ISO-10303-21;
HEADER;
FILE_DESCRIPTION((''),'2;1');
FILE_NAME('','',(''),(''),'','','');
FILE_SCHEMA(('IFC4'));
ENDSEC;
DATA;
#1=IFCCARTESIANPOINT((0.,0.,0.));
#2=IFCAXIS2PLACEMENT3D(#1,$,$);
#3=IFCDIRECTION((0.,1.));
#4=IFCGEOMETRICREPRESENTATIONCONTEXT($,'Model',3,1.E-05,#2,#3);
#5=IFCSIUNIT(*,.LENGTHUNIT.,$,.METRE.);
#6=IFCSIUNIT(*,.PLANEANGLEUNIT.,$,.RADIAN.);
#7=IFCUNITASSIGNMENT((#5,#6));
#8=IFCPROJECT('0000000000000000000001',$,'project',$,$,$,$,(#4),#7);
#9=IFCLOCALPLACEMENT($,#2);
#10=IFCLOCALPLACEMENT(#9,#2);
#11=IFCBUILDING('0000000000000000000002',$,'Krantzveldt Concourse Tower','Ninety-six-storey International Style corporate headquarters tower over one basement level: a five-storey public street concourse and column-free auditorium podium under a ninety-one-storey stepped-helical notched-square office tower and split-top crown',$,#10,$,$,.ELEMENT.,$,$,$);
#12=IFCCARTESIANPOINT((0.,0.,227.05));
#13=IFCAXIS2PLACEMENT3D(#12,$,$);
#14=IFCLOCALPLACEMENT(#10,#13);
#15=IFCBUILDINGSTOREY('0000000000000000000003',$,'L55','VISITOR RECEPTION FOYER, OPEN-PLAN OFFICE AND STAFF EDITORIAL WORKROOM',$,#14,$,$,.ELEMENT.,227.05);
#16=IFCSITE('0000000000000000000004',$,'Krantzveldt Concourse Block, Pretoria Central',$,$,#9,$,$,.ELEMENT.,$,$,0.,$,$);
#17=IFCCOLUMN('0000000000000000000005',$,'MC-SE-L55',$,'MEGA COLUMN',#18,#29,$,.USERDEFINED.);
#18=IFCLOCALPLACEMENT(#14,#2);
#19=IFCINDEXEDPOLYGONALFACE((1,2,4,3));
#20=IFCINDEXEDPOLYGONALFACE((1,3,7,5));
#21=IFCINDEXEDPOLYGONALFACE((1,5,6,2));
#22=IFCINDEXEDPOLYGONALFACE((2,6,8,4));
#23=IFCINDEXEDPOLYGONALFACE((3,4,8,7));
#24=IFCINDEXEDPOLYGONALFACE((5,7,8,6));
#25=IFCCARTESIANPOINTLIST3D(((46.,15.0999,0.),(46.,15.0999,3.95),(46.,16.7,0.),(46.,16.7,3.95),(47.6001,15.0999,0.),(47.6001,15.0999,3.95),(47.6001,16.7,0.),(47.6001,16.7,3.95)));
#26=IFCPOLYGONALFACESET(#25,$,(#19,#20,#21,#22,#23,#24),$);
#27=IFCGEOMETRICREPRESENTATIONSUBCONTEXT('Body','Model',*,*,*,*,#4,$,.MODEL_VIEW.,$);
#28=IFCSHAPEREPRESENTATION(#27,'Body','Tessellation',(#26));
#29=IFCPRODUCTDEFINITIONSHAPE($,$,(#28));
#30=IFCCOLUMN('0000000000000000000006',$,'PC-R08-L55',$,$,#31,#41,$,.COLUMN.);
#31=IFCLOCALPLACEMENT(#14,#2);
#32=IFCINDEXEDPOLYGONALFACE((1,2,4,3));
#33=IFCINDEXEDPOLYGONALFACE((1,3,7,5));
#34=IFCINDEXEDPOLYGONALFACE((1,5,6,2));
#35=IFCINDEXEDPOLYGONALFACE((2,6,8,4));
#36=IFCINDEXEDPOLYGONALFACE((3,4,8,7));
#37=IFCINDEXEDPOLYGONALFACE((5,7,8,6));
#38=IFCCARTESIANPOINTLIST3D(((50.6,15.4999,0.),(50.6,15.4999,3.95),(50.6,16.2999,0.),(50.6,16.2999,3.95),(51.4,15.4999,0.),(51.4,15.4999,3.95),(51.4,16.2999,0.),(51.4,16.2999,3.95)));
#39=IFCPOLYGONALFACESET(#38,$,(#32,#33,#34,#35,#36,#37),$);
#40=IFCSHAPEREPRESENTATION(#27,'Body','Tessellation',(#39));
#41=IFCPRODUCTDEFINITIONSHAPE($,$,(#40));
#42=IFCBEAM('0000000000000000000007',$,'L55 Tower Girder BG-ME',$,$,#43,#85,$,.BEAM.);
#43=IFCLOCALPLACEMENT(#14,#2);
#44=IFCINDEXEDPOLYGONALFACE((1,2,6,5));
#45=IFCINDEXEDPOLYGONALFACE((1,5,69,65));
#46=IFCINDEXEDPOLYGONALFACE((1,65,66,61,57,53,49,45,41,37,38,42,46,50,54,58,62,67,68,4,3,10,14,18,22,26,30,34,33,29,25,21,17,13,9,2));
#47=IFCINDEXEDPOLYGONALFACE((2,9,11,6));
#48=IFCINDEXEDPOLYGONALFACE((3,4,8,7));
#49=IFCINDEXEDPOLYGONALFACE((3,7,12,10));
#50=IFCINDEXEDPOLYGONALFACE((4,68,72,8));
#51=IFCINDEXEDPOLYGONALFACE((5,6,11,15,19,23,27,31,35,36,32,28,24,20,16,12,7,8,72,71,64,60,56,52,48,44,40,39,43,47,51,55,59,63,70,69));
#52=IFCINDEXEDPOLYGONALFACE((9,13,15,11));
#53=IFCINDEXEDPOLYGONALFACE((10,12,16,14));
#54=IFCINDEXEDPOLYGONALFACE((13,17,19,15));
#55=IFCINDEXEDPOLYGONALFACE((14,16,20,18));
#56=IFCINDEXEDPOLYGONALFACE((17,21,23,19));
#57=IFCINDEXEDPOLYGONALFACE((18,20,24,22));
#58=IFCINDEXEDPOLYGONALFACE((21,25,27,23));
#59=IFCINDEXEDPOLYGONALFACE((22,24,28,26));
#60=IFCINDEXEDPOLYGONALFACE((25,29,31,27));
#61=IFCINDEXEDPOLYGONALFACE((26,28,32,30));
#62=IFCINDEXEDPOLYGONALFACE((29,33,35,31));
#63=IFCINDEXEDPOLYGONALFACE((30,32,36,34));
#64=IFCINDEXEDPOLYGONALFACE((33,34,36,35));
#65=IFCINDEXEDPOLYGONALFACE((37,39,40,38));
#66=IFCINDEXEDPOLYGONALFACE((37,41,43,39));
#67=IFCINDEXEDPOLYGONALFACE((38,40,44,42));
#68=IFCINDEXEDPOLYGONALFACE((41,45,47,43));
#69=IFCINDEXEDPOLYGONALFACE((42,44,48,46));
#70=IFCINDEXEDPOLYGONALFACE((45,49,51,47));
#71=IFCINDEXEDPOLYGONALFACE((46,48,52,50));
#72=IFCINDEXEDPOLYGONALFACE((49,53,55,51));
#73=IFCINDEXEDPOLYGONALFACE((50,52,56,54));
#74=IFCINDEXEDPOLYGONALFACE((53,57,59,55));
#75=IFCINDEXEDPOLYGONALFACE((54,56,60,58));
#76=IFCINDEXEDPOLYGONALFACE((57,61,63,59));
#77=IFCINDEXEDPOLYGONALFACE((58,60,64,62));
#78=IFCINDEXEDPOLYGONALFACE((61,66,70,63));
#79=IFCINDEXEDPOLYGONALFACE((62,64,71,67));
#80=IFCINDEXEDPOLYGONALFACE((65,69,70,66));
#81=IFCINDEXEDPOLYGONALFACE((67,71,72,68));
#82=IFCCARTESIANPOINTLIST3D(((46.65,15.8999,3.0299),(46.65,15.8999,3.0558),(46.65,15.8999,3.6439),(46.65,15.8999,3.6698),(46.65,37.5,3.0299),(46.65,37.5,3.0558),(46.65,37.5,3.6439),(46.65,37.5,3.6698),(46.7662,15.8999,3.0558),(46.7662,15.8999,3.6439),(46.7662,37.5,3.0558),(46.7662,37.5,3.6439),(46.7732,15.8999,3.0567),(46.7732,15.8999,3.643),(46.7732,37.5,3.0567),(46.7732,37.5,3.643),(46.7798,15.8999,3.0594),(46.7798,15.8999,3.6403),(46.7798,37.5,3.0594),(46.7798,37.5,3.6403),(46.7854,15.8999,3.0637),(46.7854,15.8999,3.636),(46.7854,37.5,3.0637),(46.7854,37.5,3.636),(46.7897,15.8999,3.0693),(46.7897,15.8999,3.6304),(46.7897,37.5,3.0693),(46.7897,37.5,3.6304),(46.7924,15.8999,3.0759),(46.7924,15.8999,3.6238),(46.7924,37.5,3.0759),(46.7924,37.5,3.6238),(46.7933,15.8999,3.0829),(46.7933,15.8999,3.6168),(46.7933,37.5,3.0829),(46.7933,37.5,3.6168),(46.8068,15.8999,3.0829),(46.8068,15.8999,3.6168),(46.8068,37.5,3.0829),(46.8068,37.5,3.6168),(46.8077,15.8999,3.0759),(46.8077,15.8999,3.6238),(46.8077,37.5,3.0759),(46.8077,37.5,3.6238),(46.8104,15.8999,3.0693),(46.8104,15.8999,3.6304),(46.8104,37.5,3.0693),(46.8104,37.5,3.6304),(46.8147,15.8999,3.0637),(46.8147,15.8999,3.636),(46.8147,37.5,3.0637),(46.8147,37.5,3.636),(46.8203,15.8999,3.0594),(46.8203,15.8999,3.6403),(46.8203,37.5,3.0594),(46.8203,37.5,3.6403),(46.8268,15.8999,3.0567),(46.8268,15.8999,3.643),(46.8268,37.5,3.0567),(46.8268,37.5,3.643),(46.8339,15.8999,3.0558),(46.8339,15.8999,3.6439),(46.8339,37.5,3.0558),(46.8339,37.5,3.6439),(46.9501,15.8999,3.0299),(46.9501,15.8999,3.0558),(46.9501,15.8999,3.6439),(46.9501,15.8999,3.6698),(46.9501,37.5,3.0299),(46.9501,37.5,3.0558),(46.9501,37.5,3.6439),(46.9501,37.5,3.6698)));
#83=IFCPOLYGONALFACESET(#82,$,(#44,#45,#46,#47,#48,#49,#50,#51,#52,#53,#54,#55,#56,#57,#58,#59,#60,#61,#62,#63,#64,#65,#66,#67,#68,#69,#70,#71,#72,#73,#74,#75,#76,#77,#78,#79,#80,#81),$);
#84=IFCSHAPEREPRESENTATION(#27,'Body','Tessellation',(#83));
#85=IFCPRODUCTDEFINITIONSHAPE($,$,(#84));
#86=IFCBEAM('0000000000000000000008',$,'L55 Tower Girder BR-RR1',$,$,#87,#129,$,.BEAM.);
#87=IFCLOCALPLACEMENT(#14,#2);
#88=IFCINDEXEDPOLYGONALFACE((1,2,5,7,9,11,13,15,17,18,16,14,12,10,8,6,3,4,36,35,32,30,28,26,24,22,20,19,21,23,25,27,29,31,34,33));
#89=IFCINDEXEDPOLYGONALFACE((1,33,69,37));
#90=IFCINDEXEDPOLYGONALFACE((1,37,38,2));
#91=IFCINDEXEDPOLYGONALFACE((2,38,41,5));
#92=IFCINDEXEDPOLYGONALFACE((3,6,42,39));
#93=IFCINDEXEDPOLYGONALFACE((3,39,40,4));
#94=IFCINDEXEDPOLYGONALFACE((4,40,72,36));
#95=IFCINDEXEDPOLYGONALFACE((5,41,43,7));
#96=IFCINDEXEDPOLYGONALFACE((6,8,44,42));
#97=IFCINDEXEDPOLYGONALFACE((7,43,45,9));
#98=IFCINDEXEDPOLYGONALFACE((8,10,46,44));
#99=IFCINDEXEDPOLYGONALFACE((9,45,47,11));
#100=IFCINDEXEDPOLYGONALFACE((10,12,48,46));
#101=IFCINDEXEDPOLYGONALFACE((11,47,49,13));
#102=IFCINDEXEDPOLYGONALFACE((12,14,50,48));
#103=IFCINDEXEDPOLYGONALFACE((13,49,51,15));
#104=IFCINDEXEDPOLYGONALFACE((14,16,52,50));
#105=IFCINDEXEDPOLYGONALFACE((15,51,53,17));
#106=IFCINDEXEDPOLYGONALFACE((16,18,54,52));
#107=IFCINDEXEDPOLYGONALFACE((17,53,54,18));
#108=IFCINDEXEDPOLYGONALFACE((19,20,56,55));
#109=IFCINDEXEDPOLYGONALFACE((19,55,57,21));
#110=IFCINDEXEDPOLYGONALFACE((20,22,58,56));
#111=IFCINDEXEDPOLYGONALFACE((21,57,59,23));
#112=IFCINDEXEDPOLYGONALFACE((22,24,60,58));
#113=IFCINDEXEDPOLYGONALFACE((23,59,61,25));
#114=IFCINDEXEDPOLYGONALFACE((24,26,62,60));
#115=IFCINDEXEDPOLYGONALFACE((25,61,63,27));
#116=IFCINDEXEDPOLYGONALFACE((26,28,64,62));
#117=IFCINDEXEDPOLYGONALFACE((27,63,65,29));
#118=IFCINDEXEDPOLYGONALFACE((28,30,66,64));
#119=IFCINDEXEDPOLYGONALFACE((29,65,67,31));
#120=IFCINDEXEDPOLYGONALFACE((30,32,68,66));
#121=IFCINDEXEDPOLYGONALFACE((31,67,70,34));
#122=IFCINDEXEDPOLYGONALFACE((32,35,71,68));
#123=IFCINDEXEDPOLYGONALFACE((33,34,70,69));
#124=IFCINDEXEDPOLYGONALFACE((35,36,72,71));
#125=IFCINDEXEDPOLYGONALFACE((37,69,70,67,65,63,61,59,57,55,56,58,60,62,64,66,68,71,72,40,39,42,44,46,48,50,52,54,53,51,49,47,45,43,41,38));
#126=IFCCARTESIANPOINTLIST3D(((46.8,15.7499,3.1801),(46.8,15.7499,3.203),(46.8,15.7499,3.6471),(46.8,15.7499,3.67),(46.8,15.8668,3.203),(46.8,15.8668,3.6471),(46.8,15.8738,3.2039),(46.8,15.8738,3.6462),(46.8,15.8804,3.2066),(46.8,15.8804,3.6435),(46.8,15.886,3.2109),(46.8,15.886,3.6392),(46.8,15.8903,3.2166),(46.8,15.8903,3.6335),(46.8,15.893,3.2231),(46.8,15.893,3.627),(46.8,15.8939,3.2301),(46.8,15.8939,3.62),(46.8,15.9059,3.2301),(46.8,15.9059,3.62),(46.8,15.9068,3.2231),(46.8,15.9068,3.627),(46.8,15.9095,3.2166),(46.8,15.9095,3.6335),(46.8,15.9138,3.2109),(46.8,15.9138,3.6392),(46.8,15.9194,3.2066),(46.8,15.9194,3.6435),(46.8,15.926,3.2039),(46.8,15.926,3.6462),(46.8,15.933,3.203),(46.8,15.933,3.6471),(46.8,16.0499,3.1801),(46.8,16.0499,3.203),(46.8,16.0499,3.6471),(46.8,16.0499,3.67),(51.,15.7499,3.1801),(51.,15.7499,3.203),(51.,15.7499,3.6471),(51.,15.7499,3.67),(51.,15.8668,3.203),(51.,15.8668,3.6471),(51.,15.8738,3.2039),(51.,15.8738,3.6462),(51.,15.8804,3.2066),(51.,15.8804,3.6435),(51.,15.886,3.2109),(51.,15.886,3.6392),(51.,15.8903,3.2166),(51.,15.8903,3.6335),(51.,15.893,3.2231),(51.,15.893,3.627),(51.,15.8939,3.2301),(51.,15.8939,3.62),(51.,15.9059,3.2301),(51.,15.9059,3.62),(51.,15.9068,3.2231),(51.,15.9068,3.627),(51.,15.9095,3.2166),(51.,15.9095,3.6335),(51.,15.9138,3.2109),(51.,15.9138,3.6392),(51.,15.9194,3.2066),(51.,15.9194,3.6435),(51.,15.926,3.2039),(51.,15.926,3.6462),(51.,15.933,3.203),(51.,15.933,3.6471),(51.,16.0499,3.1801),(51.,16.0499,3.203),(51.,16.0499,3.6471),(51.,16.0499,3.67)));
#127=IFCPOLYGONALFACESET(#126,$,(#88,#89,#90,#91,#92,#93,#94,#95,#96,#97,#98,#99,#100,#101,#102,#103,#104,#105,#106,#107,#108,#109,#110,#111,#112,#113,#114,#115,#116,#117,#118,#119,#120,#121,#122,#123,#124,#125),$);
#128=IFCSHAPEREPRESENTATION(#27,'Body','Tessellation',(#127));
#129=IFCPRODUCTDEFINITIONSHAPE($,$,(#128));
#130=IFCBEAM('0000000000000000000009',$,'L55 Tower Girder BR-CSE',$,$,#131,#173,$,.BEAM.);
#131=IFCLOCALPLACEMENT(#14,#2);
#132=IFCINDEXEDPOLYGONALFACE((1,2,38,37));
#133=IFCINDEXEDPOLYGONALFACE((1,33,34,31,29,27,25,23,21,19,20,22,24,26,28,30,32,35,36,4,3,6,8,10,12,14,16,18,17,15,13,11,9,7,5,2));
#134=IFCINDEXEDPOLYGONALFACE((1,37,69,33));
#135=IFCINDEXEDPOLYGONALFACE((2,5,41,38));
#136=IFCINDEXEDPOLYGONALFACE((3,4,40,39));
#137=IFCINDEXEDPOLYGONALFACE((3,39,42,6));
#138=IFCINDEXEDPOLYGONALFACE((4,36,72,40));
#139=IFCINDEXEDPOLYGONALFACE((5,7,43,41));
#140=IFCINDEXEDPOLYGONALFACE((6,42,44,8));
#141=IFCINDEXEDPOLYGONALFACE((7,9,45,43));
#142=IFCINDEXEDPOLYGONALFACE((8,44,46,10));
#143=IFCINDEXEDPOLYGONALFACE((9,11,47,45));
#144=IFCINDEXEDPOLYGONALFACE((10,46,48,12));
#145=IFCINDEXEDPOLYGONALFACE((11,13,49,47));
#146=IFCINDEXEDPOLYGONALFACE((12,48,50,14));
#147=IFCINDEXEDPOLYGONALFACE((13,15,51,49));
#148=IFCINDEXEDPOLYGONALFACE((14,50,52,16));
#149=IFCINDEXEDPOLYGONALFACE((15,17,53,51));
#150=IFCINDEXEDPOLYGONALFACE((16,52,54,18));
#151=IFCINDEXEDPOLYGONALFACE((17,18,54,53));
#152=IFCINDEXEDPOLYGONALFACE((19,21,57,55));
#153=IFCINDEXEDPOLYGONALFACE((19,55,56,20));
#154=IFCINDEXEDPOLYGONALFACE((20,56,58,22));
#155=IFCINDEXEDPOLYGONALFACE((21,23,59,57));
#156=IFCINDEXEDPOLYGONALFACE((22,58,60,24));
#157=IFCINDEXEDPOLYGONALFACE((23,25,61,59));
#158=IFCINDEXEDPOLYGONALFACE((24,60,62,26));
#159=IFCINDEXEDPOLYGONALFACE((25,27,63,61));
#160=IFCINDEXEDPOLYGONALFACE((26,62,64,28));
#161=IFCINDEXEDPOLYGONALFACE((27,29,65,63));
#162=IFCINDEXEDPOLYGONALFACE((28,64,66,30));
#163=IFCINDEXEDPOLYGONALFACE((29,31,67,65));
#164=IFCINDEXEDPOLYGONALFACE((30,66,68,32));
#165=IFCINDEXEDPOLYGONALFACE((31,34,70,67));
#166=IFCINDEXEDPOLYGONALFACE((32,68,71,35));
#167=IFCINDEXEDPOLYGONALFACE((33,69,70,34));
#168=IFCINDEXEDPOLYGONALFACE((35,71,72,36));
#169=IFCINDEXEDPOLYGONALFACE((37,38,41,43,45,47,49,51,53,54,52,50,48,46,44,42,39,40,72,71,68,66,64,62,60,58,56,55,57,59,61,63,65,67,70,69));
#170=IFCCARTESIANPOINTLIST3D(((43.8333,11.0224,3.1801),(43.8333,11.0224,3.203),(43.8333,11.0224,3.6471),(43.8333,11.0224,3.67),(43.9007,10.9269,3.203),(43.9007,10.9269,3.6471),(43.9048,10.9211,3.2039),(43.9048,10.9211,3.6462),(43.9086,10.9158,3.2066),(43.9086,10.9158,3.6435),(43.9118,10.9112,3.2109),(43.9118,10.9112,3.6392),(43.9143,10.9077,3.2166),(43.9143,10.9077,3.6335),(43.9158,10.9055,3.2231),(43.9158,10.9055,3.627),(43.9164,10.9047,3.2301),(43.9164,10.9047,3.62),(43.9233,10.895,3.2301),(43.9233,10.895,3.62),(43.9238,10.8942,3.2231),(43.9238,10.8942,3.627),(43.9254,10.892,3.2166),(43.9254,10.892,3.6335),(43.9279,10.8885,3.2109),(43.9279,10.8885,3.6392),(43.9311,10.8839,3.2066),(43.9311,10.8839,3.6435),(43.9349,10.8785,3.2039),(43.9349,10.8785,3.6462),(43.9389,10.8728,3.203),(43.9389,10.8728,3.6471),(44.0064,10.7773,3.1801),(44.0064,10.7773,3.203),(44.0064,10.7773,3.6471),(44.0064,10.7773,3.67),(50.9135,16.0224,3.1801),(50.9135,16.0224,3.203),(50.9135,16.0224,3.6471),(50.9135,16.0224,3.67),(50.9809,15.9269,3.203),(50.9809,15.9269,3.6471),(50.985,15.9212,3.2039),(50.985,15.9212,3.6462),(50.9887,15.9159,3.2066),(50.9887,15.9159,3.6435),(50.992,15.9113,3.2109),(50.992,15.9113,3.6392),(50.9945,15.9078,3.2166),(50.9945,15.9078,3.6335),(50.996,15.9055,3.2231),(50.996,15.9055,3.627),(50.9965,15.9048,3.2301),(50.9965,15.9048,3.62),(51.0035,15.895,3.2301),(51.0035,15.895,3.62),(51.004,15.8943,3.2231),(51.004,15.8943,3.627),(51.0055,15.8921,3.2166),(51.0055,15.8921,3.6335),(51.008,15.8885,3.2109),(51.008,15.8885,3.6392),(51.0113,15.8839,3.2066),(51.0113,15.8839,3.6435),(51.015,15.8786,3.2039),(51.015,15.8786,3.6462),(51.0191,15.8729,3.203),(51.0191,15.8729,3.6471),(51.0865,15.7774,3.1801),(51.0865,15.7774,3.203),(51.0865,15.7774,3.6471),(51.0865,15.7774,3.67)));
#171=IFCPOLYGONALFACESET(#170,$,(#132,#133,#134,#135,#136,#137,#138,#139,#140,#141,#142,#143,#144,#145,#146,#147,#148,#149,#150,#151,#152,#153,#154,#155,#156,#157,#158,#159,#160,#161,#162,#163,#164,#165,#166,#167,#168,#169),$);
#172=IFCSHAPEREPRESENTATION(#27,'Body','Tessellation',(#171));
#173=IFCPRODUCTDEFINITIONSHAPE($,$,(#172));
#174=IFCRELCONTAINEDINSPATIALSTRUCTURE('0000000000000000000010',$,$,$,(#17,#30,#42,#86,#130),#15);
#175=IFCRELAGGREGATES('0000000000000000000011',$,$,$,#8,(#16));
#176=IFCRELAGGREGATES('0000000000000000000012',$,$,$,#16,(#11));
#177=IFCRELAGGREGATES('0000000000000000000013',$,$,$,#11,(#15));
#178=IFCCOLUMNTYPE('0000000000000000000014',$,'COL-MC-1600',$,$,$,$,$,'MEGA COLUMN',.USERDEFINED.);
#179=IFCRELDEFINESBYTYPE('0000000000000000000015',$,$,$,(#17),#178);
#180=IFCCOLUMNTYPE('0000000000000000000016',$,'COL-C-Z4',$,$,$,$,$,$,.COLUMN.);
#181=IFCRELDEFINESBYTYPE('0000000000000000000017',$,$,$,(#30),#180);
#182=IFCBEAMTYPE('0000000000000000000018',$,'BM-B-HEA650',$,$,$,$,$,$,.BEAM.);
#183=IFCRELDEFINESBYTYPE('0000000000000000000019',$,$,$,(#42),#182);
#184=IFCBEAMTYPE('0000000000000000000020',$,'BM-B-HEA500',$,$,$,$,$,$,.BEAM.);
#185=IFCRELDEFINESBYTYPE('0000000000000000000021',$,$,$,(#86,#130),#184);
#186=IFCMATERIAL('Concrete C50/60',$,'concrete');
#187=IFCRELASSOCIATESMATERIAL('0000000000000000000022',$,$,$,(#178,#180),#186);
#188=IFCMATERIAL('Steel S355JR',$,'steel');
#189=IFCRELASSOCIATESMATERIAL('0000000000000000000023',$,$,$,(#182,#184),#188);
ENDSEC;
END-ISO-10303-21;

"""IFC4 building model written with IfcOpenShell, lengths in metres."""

from ifc_helpers import new_model, si_unit, direction, frame, origin, origin_2d, place, context, subcontext, project, spatial, rectangle, i_section, extrude, source, transform, mapped, material, material_profile, profile_set, type_object, type_shapes, element, save


model = new_model("IFC4")

# Units and contexts
model_context = context("Model", 3, precision=1e-05, world=origin(), true_north=direction((0.0, 1.0)))
body_context = subcontext(model_context, "Body", "Model", "MODEL_VIEW")
ifc_project = project(units=[si_unit("LENGTHUNIT", "METRE"), si_unit("PLANEANGLEUNIT", "RADIAN")], contexts=[model_context])

# Site, building, storey
site_placement = place(None, origin())
site = spatial("IfcSite", under=ifc_project, at=site_placement, Name="Krantzveldt Concourse Block, Pretoria Central", CompositionType="ELEMENT", RefElevation=0.0)
building_placement = place(site_placement, origin())
building = spatial("IfcBuilding", under=site, at=building_placement, Name="Krantzveldt Concourse Tower", Description="Ninety-six-storey International Style corporate headquarters tower over one basement level: a five-storey public street concourse and column-free auditorium podium under a ninety-one-storey stepped-helical notched-square office tower and split-top crown", CompositionType="ELEMENT")
storey_placement = place(building_placement, frame((0.0, 0.0, 227.05)))
storey = spatial("IfcBuildingStorey", under=building, at=storey_placement, Name="L55", Description="VISITOR RECEPTION FOYER, OPEN-PLAN OFFICE AND STAFF EDITORIAL WORKROOM", CompositionType="ELEMENT", Elevation=227.05)

# Columns
ifc_material_1 = material(Name="Concrete C50/60", Category="concrete")
ifc_material_profile_1 = material_profile(ifc_material_1, rectangle(XDim=1.6001, YDim=1.6001, at=origin_2d()), Name="Concrete C50/60", Category="concrete")
ifc_profile_set_1 = profile_set([ifc_material_profile_1], Name="Concrete C50/60 - RC 1600x1600")
column_type_1 = type_object("IfcColumnType", Name="COL-MC-1600", ElementType="MEGA COLUMN", PredefinedType="USERDEFINED", material=ifc_profile_set_1)
shared_shape_1 = source(origin(), body_context, "Body", "SweptSolid", [
    extrude(rectangle(XDim=1.6001, YDim=1.6001, at=origin_2d()), origin(), (0.0, 0.0, 1.0), 3.95),
])
type_shapes(column_type_1, [shared_shape_1])
column_1_placement = place(storey_placement, frame((46.8, 15.8999, 0.0), z_axis=(0.0, 0.0, 1.0), x_axis=(1.0, 0.0, 0.0)))
element("IfcColumn", 1, at=column_1_placement, inside=storey, type_object=column_type_1, Name="MC-SE-L55", ObjectType="MEGA COLUMN", PredefinedType="USERDEFINED", context=body_context, shape_type="MappedRepresentation", body=[
    mapped(shared_shape_1, transform((0.0, 0.0, 0.0), x_axis=(1.0, 0.0, 0.0), y_axis=(0.0, 1.0, 0.0), z_axis=(0.0, 0.0, 1.0), scale=1.0)),
])
ifc_material_profile_2 = material_profile(ifc_material_1, rectangle(XDim=0.8, YDim=0.8, at=origin_2d()), Name="Concrete C50/60", Category="concrete")
ifc_profile_set_2 = profile_set([ifc_material_profile_2], Name="Concrete C50/60 - RC 800x800")
column_type_2 = type_object("IfcColumnType", Name="COL-C-Z4", PredefinedType="COLUMN", material=ifc_profile_set_2)
shared_shape_2 = source(origin(), body_context, "Body", "SweptSolid", [
    extrude(rectangle(XDim=0.8, YDim=0.8, at=origin_2d()), origin(), (0.0, 0.0, 1.0), 3.95),
])
type_shapes(column_type_2, [shared_shape_2])
column_2_placement = place(storey_placement, frame((51.0, 15.8999, 0.0), z_axis=(0.0, 0.0, 1.0), x_axis=(1.0, 0.0, 0.0)))
element("IfcColumn", 2, at=column_2_placement, inside=storey, type_object=column_type_2, Name="PC-R08-L55", PredefinedType="COLUMN", context=body_context, shape_type="MappedRepresentation", body=[
    mapped(shared_shape_2, transform((0.0, 0.0, 0.0), x_axis=(1.0, 0.0, 0.0), y_axis=(0.0, 1.0, 0.0), z_axis=(0.0, 0.0, 1.0), scale=1.0)),
])

# Beams
ifc_material_2 = material(Name="Steel S355JR", Category="steel")
ifc_material_profile_3 = material_profile(ifc_material_2, i_section(OverallWidth=0.3, OverallDepth=0.6399, WebThickness=0.0134, FlangeThickness=0.0259, FilletRadius=0.0271, at=origin_2d()), Name="Steel S355JR", Category="steel")
ifc_profile_set_3 = profile_set([ifc_material_profile_3], Name="Steel S355JR - HEA 650")
beam_type_1 = type_object("IfcBeamType", Name="BM-B-HEA650", PredefinedType="BEAM", material=ifc_profile_set_3)
shared_shape_3 = source(origin(), body_context, "Body", "SweptSolid", [
    extrude(i_section(OverallWidth=0.3, OverallDepth=0.6399, WebThickness=0.0134, FlangeThickness=0.0259, FilletRadius=0.0271, at=origin_2d()), origin(), (0.0, 0.0, 1.0), 21.6001),
])
type_shapes(beam_type_1, [shared_shape_3])
beam_1_placement = place(storey_placement, frame((46.8, 15.8999, 3.3499), z_axis=(0.0, 1.0, 0.0), x_axis=(-1.0, 0.0, 0.0)))
element("IfcBeam", 3, at=beam_1_placement, inside=storey, type_object=beam_type_1, Name="L55 Tower Girder BG-ME", PredefinedType="BEAM", context=body_context, shape_type="MappedRepresentation", body=[
    mapped(shared_shape_3, transform((0.0, 0.0, 0.0), x_axis=(1.0, 0.0, 0.0), y_axis=(0.0, 1.0, 0.0), z_axis=(0.0, 0.0, 1.0), scale=1.0)),
])
ifc_material_profile_4 = material_profile(ifc_material_2, i_section(OverallWidth=0.3, OverallDepth=0.49, WebThickness=0.012, FlangeThickness=0.0229, FilletRadius=0.0271, at=origin_2d()), Name="Steel S355JR", Category="steel")
ifc_profile_set_4 = profile_set([ifc_material_profile_4], Name="Steel S355JR - HEA 500")
beam_type_2 = type_object("IfcBeamType", Name="BM-B-HEA500", PredefinedType="BEAM", material=ifc_profile_set_4)
shared_shape_4 = source(origin(), body_context, "Body", "SweptSolid", [
    extrude(i_section(OverallWidth=0.3, OverallDepth=0.49, WebThickness=0.012, FlangeThickness=0.0229, FilletRadius=0.0271, at=origin_2d()), origin(), (0.0, 0.0, 1.0), 4.2),
])
beam_2_placement = place(storey_placement, frame((46.8, 15.8999, 3.425), z_axis=(1.0, 0.0, 0.0), x_axis=(0.0, 1.0, 0.0)))
element("IfcBeam", 4, at=beam_2_placement, inside=storey, type_object=beam_type_2, Name="L55 Tower Girder BR-RR1", PredefinedType="BEAM", context=body_context, shape_type="MappedRepresentation", body=[
    mapped(shared_shape_4, transform((0.0, 0.0, 0.0), x_axis=(1.0, 0.0, 0.0), y_axis=(0.0, 1.0, 0.0), z_axis=(0.0, 0.0, 1.0), scale=1.0)),
])
shared_shape_5 = source(origin(), body_context, "Body", "SweptSolid", [
    extrude(i_section(OverallWidth=0.3, OverallDepth=0.49, WebThickness=0.012, FlangeThickness=0.0229, FilletRadius=0.0271, at=origin_2d()), origin(), (0.0, 0.0, 1.0), 8.6677),
])
type_shapes(beam_type_2, [shared_shape_4, shared_shape_5])
beam_3_placement = place(storey_placement, frame((51.0, 15.8999, 3.425), z_axis=(-0.816843, -0.57686, 0.0), x_axis=(0.57686, -0.816843, 0.0)))
element("IfcBeam", 5, at=beam_3_placement, inside=storey, type_object=beam_type_2, Name="L55 Tower Girder BR-CSE", PredefinedType="BEAM", context=body_context, shape_type="MappedRepresentation", body=[
    mapped(shared_shape_5, transform((0.0, 0.0, 0.0), x_axis=(1.0, 0.0, 0.0), y_axis=(0.0, 1.0, 0.0), z_axis=(0.0, 0.0, 1.0), scale=1.0)),
])

save(model, "model.ifc")
